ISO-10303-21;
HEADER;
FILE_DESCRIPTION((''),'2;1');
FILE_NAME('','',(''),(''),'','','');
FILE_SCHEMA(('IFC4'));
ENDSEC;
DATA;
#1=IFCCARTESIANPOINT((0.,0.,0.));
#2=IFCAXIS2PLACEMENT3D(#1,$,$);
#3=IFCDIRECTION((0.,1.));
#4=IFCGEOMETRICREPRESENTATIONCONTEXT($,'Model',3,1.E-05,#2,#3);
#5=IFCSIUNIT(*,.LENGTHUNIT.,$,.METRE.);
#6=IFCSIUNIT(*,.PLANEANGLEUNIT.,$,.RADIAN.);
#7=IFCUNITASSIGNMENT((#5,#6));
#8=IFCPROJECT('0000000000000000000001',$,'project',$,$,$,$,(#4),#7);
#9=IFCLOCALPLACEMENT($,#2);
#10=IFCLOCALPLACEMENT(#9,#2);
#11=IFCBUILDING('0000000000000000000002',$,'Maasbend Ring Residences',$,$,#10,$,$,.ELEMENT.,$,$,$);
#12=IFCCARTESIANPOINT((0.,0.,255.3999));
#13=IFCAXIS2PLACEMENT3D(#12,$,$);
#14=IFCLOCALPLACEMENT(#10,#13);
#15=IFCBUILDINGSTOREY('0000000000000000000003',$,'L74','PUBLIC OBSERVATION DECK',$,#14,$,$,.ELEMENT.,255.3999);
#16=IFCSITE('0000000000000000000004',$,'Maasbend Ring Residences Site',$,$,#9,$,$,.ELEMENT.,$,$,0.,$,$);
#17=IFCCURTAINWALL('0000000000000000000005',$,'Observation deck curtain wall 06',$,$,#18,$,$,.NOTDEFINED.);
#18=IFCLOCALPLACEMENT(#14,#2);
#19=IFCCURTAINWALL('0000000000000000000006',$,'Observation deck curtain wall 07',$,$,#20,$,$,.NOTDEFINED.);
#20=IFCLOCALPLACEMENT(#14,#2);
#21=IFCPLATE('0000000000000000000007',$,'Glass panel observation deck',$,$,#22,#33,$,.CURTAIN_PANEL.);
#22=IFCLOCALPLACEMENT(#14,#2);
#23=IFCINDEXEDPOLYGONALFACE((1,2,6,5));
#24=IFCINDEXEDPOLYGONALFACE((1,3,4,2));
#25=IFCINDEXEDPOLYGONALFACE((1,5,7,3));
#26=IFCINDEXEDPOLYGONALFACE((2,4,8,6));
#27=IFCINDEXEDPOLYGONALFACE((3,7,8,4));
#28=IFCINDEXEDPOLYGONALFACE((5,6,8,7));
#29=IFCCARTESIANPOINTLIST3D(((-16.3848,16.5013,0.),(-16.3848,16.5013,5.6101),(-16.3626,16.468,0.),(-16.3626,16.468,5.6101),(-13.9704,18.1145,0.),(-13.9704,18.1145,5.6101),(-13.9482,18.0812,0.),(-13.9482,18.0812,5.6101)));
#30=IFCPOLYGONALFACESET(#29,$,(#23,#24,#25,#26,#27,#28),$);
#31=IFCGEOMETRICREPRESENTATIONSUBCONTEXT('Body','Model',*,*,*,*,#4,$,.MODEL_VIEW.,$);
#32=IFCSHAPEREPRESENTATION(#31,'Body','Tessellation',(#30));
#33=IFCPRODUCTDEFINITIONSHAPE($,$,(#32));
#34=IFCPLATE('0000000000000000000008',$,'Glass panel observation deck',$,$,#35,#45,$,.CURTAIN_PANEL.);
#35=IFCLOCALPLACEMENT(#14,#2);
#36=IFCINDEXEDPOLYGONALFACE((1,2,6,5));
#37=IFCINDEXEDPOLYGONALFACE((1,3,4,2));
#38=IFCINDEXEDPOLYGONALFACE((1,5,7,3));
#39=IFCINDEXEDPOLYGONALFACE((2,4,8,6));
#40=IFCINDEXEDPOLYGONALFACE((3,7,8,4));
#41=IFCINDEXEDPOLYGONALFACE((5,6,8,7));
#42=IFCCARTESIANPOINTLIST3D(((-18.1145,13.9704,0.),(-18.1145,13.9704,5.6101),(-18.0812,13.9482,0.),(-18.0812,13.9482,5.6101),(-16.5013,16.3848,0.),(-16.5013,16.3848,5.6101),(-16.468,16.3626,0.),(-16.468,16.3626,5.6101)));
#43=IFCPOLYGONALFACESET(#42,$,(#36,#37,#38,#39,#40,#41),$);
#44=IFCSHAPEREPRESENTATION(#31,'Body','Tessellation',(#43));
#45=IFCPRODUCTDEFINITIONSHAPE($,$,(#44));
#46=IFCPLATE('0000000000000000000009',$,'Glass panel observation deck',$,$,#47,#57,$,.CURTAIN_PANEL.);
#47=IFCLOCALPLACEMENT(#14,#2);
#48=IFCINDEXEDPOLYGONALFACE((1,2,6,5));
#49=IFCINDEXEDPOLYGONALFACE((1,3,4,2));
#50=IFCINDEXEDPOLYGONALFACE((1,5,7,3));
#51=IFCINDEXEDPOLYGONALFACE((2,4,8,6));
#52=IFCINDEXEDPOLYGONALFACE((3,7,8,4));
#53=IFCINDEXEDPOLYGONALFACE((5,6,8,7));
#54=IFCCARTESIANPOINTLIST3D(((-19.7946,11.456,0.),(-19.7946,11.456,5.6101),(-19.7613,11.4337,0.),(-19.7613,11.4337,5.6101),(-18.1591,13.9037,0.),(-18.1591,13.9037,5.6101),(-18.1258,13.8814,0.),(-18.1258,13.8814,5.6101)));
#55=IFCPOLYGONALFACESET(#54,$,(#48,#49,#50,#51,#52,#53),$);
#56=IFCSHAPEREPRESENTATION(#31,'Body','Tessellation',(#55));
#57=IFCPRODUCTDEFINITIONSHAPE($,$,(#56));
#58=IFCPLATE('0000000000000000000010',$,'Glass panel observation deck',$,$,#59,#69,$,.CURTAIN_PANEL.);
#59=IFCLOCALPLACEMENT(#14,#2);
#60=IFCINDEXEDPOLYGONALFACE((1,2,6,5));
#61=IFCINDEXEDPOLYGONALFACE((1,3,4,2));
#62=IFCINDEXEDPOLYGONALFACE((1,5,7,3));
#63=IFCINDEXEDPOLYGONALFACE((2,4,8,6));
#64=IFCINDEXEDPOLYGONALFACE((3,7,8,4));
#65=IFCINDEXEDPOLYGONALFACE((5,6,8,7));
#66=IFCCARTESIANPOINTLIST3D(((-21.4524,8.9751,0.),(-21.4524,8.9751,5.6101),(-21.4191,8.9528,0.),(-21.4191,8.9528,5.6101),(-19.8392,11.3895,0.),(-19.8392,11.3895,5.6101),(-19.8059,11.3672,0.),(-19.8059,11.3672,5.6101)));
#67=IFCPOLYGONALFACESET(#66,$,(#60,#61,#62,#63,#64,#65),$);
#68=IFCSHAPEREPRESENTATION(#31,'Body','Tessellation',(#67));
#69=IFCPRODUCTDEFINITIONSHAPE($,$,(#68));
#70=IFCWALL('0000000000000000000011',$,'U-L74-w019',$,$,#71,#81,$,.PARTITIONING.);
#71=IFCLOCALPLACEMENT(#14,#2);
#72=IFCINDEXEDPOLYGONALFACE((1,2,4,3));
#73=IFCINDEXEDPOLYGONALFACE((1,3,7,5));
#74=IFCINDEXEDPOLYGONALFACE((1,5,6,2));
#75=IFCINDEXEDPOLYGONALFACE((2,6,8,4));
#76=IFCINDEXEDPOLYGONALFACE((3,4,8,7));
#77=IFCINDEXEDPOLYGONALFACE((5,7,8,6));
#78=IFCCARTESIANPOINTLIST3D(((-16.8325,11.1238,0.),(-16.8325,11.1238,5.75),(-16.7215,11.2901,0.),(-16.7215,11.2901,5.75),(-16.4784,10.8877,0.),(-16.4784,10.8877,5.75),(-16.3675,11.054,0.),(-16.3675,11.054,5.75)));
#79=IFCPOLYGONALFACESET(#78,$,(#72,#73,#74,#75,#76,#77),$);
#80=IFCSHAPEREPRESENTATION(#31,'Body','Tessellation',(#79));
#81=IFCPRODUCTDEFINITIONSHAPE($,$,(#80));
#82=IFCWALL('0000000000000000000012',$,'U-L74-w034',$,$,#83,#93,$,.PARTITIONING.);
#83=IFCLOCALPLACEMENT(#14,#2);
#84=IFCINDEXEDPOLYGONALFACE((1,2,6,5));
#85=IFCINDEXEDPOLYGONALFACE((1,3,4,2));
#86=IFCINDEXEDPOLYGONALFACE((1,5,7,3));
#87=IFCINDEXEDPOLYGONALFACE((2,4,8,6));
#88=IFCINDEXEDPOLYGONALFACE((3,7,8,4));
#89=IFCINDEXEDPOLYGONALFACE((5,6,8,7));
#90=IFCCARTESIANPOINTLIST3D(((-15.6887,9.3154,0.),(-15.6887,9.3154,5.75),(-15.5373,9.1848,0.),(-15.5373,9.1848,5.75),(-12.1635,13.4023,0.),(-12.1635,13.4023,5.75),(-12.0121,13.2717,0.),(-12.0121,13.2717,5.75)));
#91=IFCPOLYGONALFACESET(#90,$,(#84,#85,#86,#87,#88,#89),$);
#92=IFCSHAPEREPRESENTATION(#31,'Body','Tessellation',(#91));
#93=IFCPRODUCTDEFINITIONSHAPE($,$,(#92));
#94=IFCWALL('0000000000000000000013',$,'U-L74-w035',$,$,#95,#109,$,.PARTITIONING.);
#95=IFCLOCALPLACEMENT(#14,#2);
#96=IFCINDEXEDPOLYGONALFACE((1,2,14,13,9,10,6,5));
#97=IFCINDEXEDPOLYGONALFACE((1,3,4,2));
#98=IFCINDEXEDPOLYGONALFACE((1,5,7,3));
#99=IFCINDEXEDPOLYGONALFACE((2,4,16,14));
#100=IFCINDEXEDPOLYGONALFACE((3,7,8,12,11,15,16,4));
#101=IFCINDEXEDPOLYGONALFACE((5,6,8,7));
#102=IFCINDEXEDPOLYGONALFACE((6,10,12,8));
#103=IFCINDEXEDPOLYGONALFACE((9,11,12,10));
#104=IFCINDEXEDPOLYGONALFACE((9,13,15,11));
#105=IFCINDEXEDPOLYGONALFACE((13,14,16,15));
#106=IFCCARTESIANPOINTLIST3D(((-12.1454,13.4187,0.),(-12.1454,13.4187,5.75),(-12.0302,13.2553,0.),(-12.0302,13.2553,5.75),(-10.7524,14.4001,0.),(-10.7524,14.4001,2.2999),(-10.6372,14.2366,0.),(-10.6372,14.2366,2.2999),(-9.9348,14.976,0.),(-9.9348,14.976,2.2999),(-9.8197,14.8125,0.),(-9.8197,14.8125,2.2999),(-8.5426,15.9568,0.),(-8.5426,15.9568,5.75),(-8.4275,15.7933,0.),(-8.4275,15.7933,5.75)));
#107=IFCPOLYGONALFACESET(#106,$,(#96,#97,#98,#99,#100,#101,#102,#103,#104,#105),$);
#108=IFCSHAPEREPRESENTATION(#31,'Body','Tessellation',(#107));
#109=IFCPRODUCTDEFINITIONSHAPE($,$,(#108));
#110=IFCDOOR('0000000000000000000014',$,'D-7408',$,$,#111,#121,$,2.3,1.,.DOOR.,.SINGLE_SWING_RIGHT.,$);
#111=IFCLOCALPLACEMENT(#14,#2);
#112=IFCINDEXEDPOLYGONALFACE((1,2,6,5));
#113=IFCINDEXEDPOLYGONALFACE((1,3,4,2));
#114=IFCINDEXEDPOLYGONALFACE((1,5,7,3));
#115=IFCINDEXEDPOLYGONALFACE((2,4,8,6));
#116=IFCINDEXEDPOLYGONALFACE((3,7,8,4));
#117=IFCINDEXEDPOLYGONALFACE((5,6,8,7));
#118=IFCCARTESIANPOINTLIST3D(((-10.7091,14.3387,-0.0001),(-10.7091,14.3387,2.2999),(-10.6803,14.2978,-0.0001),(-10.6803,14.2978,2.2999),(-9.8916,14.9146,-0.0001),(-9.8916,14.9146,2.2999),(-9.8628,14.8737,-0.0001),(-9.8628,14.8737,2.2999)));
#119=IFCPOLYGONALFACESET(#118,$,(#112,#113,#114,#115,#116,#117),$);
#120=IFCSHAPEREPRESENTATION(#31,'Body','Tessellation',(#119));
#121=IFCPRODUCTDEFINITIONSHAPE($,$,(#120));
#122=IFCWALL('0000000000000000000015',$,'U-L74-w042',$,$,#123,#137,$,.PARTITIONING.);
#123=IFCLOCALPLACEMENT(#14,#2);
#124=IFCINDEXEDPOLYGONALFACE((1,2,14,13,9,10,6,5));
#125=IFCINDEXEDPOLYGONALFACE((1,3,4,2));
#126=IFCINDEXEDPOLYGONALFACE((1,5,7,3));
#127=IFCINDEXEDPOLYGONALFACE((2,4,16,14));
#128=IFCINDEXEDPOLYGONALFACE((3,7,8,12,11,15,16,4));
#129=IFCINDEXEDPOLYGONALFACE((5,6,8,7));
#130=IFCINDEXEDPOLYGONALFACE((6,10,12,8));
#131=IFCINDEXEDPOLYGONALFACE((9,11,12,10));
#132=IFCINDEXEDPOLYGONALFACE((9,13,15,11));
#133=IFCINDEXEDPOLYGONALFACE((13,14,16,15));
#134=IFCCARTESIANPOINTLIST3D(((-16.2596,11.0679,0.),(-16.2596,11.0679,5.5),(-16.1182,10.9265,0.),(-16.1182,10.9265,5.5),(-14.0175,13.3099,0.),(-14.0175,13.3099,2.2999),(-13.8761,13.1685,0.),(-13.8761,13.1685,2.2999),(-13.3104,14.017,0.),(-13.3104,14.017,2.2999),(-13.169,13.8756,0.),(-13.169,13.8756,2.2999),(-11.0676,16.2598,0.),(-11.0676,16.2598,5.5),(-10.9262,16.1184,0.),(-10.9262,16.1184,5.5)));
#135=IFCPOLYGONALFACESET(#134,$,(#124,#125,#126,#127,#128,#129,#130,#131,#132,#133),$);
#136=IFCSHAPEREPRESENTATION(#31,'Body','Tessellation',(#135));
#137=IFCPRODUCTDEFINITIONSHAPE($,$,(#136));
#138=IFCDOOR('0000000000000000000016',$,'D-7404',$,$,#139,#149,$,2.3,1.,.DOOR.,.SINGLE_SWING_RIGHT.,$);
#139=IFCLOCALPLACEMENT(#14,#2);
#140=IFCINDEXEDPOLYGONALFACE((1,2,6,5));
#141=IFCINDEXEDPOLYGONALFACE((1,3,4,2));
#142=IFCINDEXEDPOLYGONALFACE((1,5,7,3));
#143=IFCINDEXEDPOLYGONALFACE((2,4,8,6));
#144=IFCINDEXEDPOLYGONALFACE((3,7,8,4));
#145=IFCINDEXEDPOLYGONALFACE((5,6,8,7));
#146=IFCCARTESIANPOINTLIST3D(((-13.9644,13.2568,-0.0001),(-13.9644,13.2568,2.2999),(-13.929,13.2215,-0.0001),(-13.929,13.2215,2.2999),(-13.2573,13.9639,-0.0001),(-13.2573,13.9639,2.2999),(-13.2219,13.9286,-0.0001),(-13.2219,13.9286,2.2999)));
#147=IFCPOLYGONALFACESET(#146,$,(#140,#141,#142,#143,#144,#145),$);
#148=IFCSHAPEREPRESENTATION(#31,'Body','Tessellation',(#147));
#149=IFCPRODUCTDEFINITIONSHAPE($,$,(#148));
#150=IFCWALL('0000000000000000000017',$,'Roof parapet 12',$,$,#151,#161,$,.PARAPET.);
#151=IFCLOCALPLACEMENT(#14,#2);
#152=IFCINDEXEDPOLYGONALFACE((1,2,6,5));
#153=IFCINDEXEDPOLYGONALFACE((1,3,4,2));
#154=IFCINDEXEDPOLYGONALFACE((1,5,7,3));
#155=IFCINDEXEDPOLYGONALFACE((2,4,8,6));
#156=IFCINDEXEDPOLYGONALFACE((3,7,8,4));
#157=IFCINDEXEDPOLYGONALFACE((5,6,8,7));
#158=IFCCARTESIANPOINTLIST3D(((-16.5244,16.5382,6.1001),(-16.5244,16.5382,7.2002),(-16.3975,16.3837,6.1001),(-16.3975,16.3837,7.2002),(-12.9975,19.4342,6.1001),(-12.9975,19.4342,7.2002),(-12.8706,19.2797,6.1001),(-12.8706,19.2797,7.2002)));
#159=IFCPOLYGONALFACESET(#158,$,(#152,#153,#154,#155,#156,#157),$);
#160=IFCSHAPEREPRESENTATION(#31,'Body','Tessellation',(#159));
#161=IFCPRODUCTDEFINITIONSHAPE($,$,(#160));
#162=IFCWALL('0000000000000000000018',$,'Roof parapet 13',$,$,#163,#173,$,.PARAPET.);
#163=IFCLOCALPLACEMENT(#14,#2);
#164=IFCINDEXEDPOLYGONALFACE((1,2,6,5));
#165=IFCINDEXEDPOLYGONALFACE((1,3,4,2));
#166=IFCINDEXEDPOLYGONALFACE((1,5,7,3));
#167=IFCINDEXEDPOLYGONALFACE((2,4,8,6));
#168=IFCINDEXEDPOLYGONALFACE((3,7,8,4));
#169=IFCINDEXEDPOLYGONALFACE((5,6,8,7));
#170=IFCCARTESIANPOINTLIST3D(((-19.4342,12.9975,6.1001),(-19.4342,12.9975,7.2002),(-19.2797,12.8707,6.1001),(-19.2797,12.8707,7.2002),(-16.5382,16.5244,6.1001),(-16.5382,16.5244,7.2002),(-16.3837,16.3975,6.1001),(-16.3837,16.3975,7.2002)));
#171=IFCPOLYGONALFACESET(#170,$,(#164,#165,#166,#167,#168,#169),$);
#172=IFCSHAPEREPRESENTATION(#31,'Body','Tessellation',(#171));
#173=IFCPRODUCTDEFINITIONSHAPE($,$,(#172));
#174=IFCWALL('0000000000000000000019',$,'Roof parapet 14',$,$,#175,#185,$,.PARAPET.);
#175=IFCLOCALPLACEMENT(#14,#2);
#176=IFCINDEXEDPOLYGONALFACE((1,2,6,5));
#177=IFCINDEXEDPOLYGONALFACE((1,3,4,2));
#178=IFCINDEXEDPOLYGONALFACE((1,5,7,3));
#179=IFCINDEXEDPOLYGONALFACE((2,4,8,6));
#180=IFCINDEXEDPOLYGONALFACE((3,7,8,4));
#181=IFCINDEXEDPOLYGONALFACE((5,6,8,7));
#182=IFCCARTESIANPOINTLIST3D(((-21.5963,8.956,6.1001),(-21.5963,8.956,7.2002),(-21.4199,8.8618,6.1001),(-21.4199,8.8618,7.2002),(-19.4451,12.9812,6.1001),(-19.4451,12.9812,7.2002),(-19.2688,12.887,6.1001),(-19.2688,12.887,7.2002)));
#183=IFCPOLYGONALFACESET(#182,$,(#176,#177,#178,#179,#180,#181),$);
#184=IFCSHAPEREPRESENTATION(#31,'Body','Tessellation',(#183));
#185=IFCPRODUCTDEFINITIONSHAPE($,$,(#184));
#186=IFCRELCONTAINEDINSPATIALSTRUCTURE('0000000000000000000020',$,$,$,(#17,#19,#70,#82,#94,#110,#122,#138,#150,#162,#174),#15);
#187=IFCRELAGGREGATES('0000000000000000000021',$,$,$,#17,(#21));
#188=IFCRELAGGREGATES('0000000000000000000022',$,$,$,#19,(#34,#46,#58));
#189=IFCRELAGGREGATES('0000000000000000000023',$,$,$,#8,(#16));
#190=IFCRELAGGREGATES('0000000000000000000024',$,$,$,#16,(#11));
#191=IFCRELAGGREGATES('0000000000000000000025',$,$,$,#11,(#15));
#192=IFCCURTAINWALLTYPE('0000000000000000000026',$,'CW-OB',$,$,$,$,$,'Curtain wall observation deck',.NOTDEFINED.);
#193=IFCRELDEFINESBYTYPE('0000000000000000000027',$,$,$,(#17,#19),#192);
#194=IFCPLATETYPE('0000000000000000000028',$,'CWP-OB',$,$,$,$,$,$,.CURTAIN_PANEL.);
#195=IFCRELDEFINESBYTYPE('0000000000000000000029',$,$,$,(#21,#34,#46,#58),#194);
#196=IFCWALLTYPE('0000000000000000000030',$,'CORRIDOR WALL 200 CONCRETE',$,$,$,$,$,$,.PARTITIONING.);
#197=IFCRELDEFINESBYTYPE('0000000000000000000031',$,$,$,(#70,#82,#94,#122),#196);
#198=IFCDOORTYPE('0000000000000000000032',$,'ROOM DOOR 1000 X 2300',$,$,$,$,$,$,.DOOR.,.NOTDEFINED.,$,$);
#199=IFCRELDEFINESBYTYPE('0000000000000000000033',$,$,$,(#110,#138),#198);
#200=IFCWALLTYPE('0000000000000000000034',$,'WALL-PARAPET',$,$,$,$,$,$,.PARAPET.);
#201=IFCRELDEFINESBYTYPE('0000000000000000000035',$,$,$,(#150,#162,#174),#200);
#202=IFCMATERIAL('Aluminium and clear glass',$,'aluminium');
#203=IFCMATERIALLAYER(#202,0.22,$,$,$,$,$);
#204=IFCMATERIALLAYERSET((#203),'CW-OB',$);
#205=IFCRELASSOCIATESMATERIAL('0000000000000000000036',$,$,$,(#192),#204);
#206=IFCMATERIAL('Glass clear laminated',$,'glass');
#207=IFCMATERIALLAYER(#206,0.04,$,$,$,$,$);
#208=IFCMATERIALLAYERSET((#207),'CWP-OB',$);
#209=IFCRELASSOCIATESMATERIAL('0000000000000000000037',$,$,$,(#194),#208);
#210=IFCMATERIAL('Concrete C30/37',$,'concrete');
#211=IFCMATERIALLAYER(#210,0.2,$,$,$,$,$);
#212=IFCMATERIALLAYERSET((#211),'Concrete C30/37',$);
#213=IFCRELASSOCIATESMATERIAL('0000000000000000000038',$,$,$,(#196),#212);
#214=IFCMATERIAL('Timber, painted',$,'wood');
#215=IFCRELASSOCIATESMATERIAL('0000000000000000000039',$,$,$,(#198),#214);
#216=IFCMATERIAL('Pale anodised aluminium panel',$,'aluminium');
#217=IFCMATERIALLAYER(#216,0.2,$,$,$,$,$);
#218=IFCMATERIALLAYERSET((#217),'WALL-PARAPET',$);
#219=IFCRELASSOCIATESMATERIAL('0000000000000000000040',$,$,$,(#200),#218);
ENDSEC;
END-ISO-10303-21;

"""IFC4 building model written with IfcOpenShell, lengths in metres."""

from ifc_helpers import new_model, si_unit, direction, frame, frame_2d, origin, origin_2d, place, context, subcontext, project, spatial, rectangle, extrude, material, layer, layer_set, type_object, element, fill, aggregate, save


model = new_model("IFC4")

# Units and contexts
model_context = context("Model", 3, precision=1e-05, world=origin(), true_north=direction((0.0, 1.0)))
body_context = subcontext(model_context, "Body", "Model", "MODEL_VIEW")
ifc_project = project(units=[si_unit("LENGTHUNIT", "METRE"), si_unit("PLANEANGLEUNIT", "RADIAN")], contexts=[model_context])

# Site, building, storey
site_placement = place(None, origin())
site = spatial("IfcSite", under=ifc_project, at=site_placement, Name="Maasbend Ring Residences Site", CompositionType="ELEMENT", RefElevation=0.0)
building_placement = place(site_placement, origin())
building = spatial("IfcBuilding", under=site, at=building_placement, Name="Maasbend Ring Residences", CompositionType="ELEMENT")
storey_placement = place(building_placement, frame((0.0, 0.0, 255.3999)))
storey = spatial("IfcBuildingStorey", under=building, at=storey_placement, Name="L74", Description="PUBLIC OBSERVATION DECK", CompositionType="ELEMENT", Elevation=255.3999)

# Curtain walls
ifc_material_1 = material(Name="Aluminium and clear glass", Category="aluminium")
ifc_layer_1 = layer(ifc_material_1, 0.22)
ifc_layer_set_1 = layer_set([ifc_layer_1], Name="CW-OB")
curtain_wall_type = type_object("IfcCurtainWallType", Name="CW-OB", ElementType="Curtain wall observation deck", PredefinedType="NOTDEFINED", material=ifc_layer_set_1)
curtain_wall_1_placement = place(storey_placement, origin())
curtain_wall_1 = element("IfcCurtainWall", 1, at=curtain_wall_1_placement, inside=storey, type_object=curtain_wall_type, Name="Observation deck curtain wall 06", PredefinedType="NOTDEFINED")
curtain_wall_2_placement = place(storey_placement, origin())
curtain_wall_2 = element("IfcCurtainWall", 2, at=curtain_wall_2_placement, inside=storey, type_object=curtain_wall_type, Name="Observation deck curtain wall 07", PredefinedType="NOTDEFINED")

# Plates
ifc_material_2 = material(Name="Glass clear laminated", Category="glass")
ifc_layer_2 = layer(ifc_material_2, 0.04)
ifc_layer_set_2 = layer_set([ifc_layer_2], Name="CWP-OB")
plate_type = type_object("IfcPlateType", Name="CWP-OB", PredefinedType="CURTAIN_PANEL", material=ifc_layer_set_2)
plate_1_placement = place(storey_placement, frame((-15.1665, 17.2913, 0.0), z_axis=(0.0, 0.0, 1.0), x_axis=(-0.83147, -0.55557, 0.0)))
plate_1 = element("IfcPlate", 3, at=plate_1_placement, type_object=plate_type, Name="Glass panel observation deck", PredefinedType="CURTAIN_PANEL", context=body_context, shape_type="SweptSolid", body=[
    extrude(rectangle(XDim=2.9038, YDim=0.04, at=origin_2d()), origin(), (0.0, 0.0, 1.0), 5.6101),
])
aggregate(curtain_wall_1, [plate_1])
plate_2_placement = place(storey_placement, frame((-17.2913, 15.1665, 0.0), z_axis=(0.0, 0.0, 1.0), x_axis=(-0.55557, -0.83147, 0.0)))
plate_2 = element("IfcPlate", 4, at=plate_2_placement, type_object=plate_type, Name="Glass panel observation deck", PredefinedType="CURTAIN_PANEL", context=body_context, shape_type="SweptSolid", body=[
    extrude(rectangle(XDim=2.9038, YDim=0.04, at=origin_2d()), origin(), (0.0, 0.0, 1.0), 5.6101),
])
plate_3_placement = place(storey_placement, frame((-18.9602, 12.6687, 0.0), z_axis=(0.0, 0.0, 1.0), x_axis=(-0.55557, -0.83147, 0.0)))
plate_3 = element("IfcPlate", 5, at=plate_3_placement, type_object=plate_type, Name="Glass panel observation deck", PredefinedType="CURTAIN_PANEL", context=body_context, shape_type="SweptSolid", body=[
    extrude(rectangle(XDim=2.9438, YDim=0.04, at=origin_2d()), origin(), (0.0, 0.0, 1.0), 5.6101),
])
plate_4_placement = place(storey_placement, frame((-20.6292, 10.1711, 0.0), z_axis=(0.0, 0.0, 1.0), x_axis=(-0.55557, -0.83147, 0.0)))
plate_4 = element("IfcPlate", 6, at=plate_4_placement, type_object=plate_type, Name="Glass panel observation deck", PredefinedType="CURTAIN_PANEL", context=body_context, shape_type="SweptSolid", body=[
    extrude(rectangle(XDim=2.9038, YDim=0.04, at=origin_2d()), origin(), (0.0, 0.0, 1.0), 5.6101),
])
aggregate(curtain_wall_2, [plate_2, plate_3, plate_4])

# Walls
ifc_material_3 = material(Name="Concrete C30/37", Category="concrete")
ifc_layer_3 = layer(ifc_material_3, 0.2)
ifc_layer_set_3 = layer_set([ifc_layer_3], Name="Concrete C30/37")
wall_type_1 = type_object("IfcWallType", Name="CORRIDOR WALL 200 CONCRETE", PredefinedType="PARTITIONING", material=ifc_layer_set_3)
wall_1_placement = place(storey_placement, frame((-16.7771, 11.207, 0.0), z_axis=(0.0, 0.0, 1.0), x_axis=(0.831962, -0.554833, 0.0)))
element("IfcWall", 7, at=wall_1_placement, inside=storey, type_object=wall_type_1, Name="U-L74-w019", PredefinedType="PARTITIONING", context=body_context, shape_type="SweptSolid", body=[
    extrude(rectangle(XDim=0.4255, YDim=0.2, at=frame_2d((0.2129, 0.0))), origin(), (0.0, 0.0, 1.0), 5.75),
])
wall_2_placement = place(storey_placement, frame((-15.613, 9.25, 0.0), z_axis=(0.0, 0.0, 1.0), x_axis=(0.653146, 0.757232, 0.0)))
element("IfcWall", 8, at=wall_2_placement, inside=storey, type_object=wall_type_1, Name="U-L74-w034", PredefinedType="PARTITIONING", context=body_context, shape_type="SweptSolid", body=[
    extrude(rectangle(XDim=5.3972, YDim=0.2, at=frame_2d((2.6987, 0.0))), origin(), (0.0, 0.0, 1.0), 5.75),
])

# Walls, openings, doors
wall_3_placement = place(storey_placement, frame((-12.0879, 13.3369, 0.0), z_axis=(0.0, 0.0, 1.0), x_axis=(0.817508, 0.575917, 0.0)))
wall_3 = element("IfcWall", 9, at=wall_3_placement, inside=storey, type_object=wall_type_1, Name="U-L74-w035", PredefinedType="PARTITIONING", context=body_context, shape_type="SweptSolid", body=[
    extrude(rectangle(XDim=4.407, YDim=0.2, at=frame_2d((2.2036, 0.0))), origin(), (0.0, 0.0, 1.0), 5.75),
])
opening_1_placement = place(wall_3_placement, frame((1.7041, 0.0, 0.0)))
opening_1 = element("IfcOpeningElement", 10, at=opening_1_placement, cuts=wall_3, PredefinedType="OPENING", context=body_context, shape_type="SweptSolid", body=[
    extrude(rectangle(XDim=1.0, YDim=2.3, at=frame_2d((0.5, 1.1499))), frame((0.0, 0.1099, 0.0), z_axis=(0.0, -1.0, 0.0), x_axis=(1.0, 0.0, 0.0)), (0.0, 0.0, 1.0), 0.22),
])
ifc_material_4 = material(Name="Timber, painted", Category="wood")
door_type = type_object("IfcDoorType", Name="ROOM DOOR 1000 X 2300", OperationType="NOTDEFINED", PredefinedType="DOOR", material=ifc_material_4)
door_1_placement = place(opening_1_placement, origin())
door_1 = element("IfcDoor", 11, at=door_1_placement, inside=storey, type_object=door_type, Name="D-7408", OperationType="SINGLE_SWING_RIGHT", OverallHeight=2.3, OverallWidth=1.0, PredefinedType="DOOR", context=body_context, shape_type="SweptSolid", body=[
    extrude(rectangle(XDim=1.0, YDim=2.3, at=frame_2d((0.5, 1.1499))), frame((0.0, 0.0249, 0.0), z_axis=(0.0, -1.0, 0.0), x_axis=(1.0, 0.0, 0.0)), (0.0, 0.0, 1.0), 0.05),
])
fill(opening_1, door_1)
wall_4_placement = place(storey_placement, frame((-16.189, 10.9971, 0.0), z_axis=(0.0, 0.0, 1.0), x_axis=(0.707107, 0.707107, 0.0)))
wall_4 = element("IfcWall", 12, at=wall_4_placement, inside=storey, type_object=wall_type_1, Name="U-L74-w042", PredefinedType="PARTITIONING", context=body_context, shape_type="SweptSolid", body=[
    extrude(rectangle(XDim=7.3425, YDim=0.2, at=frame_2d((3.6714, 0.0))), origin(), (0.0, 0.0, 1.0), 5.5),
])
opening_2_placement = place(wall_4_placement, frame((3.1709, 0.0, 0.0)))
opening_2 = element("IfcOpeningElement", 13, at=opening_2_placement, cuts=wall_4, PredefinedType="OPENING", context=body_context, shape_type="SweptSolid", body=[
    extrude(rectangle(XDim=1.0, YDim=2.3, at=frame_2d((0.5, 1.1499))), frame((0.0, 0.1099, 0.0), z_axis=(0.0, -1.0, 0.0), x_axis=(1.0, 0.0, 0.0)), (0.0, 0.0, 1.0), 0.22),
])
door_2_placement = place(opening_2_placement, origin())
door_2 = element("IfcDoor", 14, at=door_2_placement, inside=storey, type_object=door_type, Name="D-7404", OperationType="SINGLE_SWING_RIGHT", OverallHeight=2.3, OverallWidth=1.0, PredefinedType="DOOR", context=body_context, shape_type="SweptSolid", body=[
    extrude(rectangle(XDim=1.0, YDim=2.3, at=frame_2d((0.5, 1.1499))), frame((0.0, 0.0249, 0.0), z_axis=(0.0, -1.0, 0.0), x_axis=(1.0, 0.0, 0.0)), (0.0, 0.0, 1.0), 0.05),
])
fill(opening_2, door_2)

# Walls
ifc_material_5 = material(Name="Pale anodised aluminium panel", Category="aluminium")
ifc_layer_4 = layer(ifc_material_5, 0.2)
ifc_layer_set_4 = layer_set([ifc_layer_4], Name="WALL-PARAPET")
wall_type_2 = type_object("IfcWallType", Name="WALL-PARAPET", PredefinedType="PARAPET", material=ifc_layer_set_4)
for number, where, z_axis, x_axis, name in (
    (15, (-12.9341, 19.3569, 6.1001), (0.0, 0.0, 1.0), (-0.772841, -0.6346, 0.0), "Roof parapet 12"),
    (16, (-16.4609, 16.4609, 6.1001), (0.0, 0.0, 1.0), (-0.6346, -0.772841, 0.0), "Roof parapet 13"),
):
    element("IfcWall", number, at=place(storey_placement, frame(where, z_axis=z_axis, x_axis=x_axis)), inside=storey, type_object=wall_type_2, Name=name, PredefinedType="PARAPET", context=body_context, shape_type="SweptSolid", body=[
        extrude(rectangle(XDim=4.5635, YDim=0.2, at=frame_2d((2.2817, 0.0))), origin(), (0.0, 0.0, 1.0), 1.1001),
    ])
wall_5_placement = place(storey_placement, frame((-19.3569, 12.9341, 6.1001), z_axis=(0.0, 0.0, 1.0), x_axis=(-0.471335, -0.881954, 0.0)))
element("IfcWall", 17, at=wall_5_placement, inside=storey, type_object=wall_type_2, Name="Roof parapet 14", PredefinedType="PARAPET", context=body_context, shape_type="SweptSolid", body=[
    extrude(rectangle(XDim=4.564, YDim=0.2, at=frame_2d((2.282, 0.0))), origin(), (0.0, 0.0, 1.0), 1.1001),
])

save(model, "model.ifc")
